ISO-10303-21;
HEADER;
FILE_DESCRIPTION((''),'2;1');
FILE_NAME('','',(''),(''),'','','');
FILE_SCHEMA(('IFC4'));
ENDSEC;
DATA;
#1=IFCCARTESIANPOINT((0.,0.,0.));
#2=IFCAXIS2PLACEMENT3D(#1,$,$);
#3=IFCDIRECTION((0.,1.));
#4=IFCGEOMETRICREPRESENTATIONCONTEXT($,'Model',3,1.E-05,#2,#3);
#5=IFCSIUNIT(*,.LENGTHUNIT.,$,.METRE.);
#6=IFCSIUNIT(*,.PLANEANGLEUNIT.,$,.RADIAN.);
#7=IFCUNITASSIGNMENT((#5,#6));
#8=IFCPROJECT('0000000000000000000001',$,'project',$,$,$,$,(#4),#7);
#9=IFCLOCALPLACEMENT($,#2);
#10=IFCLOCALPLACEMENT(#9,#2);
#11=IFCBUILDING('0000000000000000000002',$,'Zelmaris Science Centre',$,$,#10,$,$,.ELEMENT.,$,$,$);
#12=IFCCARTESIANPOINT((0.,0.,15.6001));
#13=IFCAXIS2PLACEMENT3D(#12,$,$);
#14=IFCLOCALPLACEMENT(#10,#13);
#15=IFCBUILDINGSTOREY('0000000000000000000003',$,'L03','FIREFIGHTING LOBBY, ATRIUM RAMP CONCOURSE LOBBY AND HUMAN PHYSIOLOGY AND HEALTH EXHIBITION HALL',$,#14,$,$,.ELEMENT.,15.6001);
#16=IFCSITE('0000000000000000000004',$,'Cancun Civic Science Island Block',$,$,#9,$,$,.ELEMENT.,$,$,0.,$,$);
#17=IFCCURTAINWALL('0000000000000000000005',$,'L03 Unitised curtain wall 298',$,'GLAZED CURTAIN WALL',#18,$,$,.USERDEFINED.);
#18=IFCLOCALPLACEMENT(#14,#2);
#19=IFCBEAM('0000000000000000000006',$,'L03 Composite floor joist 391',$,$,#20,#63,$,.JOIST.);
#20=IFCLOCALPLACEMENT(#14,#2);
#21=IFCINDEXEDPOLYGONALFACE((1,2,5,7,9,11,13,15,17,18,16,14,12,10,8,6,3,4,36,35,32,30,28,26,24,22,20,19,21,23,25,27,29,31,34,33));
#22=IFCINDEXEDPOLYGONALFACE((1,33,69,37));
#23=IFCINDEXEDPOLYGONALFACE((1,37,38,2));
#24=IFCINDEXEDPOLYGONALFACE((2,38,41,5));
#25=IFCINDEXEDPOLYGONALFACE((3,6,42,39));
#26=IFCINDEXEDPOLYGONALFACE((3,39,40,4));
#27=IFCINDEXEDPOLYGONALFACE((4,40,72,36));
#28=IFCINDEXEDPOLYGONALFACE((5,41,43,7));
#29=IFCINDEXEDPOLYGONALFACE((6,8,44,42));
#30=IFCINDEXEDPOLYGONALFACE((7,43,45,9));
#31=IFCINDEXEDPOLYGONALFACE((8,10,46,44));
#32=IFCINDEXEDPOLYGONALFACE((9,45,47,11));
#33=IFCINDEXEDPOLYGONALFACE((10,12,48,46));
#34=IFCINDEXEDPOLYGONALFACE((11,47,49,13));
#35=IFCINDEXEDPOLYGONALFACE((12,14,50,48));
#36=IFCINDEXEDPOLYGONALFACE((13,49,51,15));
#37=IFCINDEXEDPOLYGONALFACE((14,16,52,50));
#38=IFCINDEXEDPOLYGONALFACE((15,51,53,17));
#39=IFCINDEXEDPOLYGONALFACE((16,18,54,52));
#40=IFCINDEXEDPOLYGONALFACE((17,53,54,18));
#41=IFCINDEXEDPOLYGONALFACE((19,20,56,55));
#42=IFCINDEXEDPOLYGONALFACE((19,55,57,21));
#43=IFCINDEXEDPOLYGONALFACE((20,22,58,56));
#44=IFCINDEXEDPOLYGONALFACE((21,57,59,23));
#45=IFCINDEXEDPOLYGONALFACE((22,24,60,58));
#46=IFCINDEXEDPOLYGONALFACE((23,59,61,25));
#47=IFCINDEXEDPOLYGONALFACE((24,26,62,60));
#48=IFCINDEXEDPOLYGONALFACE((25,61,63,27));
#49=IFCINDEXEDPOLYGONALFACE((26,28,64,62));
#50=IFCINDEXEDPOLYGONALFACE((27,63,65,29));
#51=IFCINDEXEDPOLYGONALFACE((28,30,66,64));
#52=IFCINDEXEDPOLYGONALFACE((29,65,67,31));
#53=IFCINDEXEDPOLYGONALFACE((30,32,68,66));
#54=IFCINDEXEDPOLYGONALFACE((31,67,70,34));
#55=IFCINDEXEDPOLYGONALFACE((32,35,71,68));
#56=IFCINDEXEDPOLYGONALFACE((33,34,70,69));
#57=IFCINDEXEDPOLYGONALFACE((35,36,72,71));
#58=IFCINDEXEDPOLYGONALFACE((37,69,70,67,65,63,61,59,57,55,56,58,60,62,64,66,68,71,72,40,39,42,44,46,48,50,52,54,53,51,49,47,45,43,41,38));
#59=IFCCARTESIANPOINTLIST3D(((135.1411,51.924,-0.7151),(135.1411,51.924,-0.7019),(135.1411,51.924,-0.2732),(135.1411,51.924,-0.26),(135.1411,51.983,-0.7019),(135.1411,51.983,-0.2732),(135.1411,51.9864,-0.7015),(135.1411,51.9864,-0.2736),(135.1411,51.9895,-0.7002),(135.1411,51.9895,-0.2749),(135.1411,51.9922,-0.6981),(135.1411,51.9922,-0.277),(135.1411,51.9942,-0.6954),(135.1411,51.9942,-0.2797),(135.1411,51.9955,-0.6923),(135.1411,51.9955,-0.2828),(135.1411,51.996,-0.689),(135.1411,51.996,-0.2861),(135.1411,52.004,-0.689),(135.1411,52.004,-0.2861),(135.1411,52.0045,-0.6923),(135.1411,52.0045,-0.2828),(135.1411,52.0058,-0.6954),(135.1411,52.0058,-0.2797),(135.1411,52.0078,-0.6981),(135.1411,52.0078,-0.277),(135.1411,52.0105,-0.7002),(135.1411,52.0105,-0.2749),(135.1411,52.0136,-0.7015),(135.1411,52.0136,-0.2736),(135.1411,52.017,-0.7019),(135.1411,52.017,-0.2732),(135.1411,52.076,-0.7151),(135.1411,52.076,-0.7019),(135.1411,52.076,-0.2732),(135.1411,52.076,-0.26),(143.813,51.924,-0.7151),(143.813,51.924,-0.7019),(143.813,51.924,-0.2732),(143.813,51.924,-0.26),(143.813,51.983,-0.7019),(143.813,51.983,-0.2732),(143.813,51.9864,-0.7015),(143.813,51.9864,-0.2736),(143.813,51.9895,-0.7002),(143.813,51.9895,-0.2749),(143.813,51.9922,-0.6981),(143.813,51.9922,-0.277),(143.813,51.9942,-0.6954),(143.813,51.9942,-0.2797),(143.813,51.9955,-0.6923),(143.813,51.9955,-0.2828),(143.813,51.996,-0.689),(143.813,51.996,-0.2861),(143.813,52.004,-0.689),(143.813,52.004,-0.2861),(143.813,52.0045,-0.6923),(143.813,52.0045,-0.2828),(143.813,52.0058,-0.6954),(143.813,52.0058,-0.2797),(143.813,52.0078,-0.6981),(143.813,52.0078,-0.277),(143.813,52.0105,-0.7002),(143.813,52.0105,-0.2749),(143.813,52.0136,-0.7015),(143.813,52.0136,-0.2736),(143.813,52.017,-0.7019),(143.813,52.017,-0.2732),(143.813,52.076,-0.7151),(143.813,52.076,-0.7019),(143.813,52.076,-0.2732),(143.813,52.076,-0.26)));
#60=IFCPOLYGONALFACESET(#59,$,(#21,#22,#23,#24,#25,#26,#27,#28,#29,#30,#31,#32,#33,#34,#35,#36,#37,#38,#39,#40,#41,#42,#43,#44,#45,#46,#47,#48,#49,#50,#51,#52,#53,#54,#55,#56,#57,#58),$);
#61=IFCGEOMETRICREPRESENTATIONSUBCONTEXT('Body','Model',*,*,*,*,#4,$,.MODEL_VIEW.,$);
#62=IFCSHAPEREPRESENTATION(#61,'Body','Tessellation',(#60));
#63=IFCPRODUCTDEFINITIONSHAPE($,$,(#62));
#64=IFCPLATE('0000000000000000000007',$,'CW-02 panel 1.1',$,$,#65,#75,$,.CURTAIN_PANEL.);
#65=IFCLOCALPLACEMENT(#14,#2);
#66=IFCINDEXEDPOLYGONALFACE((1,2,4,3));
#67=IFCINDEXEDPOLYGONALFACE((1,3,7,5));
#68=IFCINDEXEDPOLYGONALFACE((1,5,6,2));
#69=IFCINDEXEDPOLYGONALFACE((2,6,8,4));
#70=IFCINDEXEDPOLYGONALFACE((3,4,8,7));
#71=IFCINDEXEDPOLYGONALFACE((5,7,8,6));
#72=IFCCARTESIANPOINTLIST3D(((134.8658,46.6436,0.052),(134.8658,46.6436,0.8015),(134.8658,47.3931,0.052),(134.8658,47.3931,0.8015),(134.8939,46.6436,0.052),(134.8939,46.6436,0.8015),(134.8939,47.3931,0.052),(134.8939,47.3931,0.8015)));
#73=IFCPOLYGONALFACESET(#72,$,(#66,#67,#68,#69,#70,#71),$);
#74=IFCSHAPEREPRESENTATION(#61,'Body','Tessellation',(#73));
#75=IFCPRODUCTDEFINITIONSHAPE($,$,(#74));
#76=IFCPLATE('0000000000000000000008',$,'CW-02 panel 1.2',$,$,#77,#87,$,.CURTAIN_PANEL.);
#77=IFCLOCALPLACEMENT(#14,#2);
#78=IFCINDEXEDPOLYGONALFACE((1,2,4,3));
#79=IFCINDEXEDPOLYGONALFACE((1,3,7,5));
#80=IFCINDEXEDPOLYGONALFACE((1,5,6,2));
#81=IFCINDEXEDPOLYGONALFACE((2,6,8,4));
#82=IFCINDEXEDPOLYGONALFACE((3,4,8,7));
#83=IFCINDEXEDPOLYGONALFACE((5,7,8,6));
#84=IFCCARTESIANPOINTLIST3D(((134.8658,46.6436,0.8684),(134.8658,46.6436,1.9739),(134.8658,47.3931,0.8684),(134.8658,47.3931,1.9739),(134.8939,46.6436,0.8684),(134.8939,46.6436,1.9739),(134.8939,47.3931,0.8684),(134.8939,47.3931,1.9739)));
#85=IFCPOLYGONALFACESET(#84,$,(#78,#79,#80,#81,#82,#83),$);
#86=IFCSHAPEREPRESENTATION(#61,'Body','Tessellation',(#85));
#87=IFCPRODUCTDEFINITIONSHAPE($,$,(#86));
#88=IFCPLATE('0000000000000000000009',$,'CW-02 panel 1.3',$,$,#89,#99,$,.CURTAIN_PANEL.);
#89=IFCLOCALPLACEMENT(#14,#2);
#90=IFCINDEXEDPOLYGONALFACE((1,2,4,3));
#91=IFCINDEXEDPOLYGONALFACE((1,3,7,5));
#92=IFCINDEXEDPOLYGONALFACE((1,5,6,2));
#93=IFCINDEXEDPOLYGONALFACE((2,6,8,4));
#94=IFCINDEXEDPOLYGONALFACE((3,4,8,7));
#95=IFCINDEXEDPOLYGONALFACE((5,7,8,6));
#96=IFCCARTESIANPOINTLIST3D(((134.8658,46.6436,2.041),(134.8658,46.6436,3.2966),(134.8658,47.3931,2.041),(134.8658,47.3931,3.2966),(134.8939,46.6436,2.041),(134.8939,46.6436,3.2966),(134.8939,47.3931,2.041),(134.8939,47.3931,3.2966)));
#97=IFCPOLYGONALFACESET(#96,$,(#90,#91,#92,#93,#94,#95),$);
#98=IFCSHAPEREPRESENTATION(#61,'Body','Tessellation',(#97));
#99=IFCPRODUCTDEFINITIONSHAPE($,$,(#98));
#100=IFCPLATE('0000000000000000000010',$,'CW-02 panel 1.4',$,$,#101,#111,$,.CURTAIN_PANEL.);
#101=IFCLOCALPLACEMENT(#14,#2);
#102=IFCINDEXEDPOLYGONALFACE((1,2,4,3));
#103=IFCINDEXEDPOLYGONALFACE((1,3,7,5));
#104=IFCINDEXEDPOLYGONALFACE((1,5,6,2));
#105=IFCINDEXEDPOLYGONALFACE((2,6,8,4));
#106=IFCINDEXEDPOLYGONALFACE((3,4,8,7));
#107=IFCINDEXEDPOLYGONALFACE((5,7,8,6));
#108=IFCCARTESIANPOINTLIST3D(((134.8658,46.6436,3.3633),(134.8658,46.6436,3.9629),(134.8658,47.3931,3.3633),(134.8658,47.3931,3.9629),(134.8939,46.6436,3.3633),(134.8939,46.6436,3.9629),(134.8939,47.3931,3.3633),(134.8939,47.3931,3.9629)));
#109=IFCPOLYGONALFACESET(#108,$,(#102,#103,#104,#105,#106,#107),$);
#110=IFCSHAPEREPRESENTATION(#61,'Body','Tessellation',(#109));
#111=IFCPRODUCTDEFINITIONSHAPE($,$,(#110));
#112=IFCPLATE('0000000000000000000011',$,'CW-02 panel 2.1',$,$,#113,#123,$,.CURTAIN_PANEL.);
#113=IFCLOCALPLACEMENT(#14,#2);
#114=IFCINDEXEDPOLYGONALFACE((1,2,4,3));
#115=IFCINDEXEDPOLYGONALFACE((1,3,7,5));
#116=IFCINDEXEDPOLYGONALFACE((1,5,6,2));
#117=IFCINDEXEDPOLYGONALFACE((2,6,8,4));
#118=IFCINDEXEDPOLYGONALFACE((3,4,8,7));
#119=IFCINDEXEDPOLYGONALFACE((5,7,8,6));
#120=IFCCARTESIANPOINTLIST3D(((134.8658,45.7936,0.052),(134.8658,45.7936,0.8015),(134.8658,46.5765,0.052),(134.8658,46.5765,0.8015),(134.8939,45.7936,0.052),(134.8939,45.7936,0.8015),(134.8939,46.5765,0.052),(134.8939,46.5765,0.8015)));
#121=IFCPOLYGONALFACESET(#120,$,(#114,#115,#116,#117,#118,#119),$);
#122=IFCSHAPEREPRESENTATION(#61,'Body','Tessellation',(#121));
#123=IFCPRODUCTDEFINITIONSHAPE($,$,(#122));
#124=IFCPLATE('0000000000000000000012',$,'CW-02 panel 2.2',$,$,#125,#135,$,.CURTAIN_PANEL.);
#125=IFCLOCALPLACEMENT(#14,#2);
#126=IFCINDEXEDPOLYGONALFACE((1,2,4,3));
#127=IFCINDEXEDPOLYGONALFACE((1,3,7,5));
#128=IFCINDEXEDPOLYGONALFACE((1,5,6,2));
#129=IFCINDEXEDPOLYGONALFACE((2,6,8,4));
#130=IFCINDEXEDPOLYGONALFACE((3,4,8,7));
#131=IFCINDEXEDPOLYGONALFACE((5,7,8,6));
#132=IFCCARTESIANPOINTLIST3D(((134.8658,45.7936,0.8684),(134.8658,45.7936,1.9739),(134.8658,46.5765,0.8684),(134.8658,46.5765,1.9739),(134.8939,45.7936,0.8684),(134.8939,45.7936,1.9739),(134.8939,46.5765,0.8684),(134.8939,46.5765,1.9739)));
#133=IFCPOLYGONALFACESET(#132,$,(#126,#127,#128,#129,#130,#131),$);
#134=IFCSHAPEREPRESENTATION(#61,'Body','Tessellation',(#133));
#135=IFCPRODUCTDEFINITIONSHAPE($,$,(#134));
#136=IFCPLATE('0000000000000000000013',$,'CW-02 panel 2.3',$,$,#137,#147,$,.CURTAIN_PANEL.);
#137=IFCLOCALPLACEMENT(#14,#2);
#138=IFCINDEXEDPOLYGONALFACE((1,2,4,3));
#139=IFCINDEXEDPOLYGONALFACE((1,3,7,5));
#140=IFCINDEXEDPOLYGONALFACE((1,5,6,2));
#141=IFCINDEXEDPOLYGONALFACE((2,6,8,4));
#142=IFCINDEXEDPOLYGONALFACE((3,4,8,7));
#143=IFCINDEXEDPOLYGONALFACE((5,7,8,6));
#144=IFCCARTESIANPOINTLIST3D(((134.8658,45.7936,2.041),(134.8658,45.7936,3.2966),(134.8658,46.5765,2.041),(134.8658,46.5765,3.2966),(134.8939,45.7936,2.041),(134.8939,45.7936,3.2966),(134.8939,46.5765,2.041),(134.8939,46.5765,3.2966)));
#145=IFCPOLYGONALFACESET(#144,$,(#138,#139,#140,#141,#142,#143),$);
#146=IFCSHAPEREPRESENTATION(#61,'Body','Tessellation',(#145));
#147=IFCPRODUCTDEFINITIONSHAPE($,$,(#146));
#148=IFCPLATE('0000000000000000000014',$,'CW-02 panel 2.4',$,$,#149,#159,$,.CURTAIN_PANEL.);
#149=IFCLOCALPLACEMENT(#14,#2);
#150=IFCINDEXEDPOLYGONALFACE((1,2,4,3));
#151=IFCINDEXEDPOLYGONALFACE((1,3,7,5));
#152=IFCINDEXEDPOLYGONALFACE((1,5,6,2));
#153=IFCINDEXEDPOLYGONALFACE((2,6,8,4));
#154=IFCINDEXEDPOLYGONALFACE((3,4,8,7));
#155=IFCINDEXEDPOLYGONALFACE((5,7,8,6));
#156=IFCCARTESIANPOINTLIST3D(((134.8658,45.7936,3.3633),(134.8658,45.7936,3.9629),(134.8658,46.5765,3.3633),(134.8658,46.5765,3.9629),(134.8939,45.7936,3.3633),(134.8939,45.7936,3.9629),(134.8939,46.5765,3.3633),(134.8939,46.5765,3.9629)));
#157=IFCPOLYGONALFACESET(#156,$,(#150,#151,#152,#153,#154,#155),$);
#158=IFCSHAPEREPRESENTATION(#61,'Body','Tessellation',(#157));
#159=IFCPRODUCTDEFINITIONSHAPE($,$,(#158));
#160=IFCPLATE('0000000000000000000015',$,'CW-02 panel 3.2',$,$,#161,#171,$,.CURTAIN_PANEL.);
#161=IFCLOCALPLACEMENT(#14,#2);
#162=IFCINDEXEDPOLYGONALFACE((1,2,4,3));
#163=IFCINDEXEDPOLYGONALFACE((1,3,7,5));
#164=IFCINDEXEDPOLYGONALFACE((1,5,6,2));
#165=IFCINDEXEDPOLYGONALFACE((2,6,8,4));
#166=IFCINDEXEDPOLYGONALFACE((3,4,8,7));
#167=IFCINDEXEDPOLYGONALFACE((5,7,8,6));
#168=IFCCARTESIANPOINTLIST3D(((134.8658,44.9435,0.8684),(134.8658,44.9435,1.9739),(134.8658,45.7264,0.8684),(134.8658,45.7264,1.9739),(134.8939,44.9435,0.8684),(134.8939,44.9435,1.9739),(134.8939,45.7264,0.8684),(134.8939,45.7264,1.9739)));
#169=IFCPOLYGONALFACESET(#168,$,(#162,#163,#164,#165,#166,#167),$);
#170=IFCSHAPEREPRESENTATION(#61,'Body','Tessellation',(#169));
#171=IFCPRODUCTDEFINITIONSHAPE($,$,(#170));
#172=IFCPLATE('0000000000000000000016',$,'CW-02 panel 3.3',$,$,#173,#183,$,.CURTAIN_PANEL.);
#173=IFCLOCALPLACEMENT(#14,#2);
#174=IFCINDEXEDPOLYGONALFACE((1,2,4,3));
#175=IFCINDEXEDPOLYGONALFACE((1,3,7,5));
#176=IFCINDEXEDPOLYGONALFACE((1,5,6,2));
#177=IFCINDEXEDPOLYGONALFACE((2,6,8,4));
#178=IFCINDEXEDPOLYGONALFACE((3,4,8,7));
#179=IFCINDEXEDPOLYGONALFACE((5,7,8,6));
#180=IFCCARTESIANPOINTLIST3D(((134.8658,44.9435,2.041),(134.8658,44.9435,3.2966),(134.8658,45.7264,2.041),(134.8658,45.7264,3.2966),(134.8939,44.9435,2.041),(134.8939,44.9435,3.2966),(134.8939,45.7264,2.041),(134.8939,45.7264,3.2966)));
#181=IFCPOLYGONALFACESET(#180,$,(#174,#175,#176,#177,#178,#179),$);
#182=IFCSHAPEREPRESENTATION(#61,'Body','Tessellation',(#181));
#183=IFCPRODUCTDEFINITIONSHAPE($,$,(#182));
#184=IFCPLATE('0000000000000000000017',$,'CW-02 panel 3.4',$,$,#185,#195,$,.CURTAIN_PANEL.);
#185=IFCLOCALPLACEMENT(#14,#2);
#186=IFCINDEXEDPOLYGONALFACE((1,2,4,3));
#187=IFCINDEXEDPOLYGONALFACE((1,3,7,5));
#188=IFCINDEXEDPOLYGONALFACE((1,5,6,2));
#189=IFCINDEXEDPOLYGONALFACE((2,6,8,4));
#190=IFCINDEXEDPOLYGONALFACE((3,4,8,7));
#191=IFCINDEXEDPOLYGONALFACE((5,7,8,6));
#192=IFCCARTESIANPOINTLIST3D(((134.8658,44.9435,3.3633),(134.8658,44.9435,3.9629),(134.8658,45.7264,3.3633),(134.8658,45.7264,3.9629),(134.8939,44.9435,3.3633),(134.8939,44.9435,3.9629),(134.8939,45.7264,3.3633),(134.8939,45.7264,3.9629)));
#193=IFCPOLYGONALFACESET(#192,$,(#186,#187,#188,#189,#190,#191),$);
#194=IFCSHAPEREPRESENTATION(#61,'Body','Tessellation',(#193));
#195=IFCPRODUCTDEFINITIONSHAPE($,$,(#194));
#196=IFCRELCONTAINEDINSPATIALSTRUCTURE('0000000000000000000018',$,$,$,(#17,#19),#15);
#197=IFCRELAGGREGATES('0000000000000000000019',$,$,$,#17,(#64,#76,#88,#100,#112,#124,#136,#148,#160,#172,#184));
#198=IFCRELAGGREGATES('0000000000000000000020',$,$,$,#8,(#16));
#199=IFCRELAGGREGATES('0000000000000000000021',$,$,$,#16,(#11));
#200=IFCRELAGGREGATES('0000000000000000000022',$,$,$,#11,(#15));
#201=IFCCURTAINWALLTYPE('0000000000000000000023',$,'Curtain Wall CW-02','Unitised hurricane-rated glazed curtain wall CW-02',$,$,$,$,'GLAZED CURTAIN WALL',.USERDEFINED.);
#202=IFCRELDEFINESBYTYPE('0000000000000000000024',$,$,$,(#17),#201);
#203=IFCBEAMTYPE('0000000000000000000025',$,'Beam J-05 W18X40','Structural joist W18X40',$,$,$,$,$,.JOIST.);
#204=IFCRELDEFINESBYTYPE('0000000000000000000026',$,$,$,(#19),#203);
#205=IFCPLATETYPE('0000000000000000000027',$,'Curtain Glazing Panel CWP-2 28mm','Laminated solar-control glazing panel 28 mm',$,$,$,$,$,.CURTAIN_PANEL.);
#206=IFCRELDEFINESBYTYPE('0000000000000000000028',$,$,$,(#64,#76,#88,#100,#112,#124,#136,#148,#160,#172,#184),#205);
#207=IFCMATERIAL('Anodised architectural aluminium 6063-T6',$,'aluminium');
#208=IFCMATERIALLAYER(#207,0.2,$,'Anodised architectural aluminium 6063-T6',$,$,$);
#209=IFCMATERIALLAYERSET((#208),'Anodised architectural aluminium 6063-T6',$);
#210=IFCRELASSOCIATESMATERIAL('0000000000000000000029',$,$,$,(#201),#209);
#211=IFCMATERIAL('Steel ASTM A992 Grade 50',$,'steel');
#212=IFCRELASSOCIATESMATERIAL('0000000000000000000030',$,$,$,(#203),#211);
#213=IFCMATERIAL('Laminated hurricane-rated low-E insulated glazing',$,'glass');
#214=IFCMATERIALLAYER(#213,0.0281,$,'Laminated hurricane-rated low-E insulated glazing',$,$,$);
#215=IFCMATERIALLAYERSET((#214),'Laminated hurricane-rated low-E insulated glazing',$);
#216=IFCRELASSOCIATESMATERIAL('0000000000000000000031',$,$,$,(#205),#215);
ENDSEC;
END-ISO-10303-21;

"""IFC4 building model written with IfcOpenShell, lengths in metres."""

from ifc_helpers import new_model, si_unit, direction, frame, origin, origin_2d, place, context, subcontext, project, spatial, rectangle, i_section, extrude, material, layer, layer_set, material_profile, profile_set, type_object, element, aggregate, save


model = new_model("IFC4")

# Units and contexts
model_context = context("Model", 3, precision=1e-05, world=origin(), true_north=direction((0.0, 1.0)))
body_context = subcontext(model_context, "Body", "Model", "MODEL_VIEW")
ifc_project = project(units=[si_unit("LENGTHUNIT", "METRE"), si_unit("PLANEANGLEUNIT", "RADIAN")], contexts=[model_context])

# Site, building, storey
site_placement = place(None, origin())
site = spatial("IfcSite", under=ifc_project, at=site_placement, Name="Cancun Civic Science Island Block", CompositionType="ELEMENT", RefElevation=0.0)
building_placement = place(site_placement, origin())
building = spatial("IfcBuilding", under=site, at=building_placement, Name="Zelmaris Science Centre", CompositionType="ELEMENT")
storey_placement = place(building_placement, frame((0.0, 0.0, 15.6001)))
storey = spatial("IfcBuildingStorey", under=building, at=storey_placement, Name="L03", Description="FIREFIGHTING LOBBY, ATRIUM RAMP CONCOURSE LOBBY AND HUMAN PHYSIOLOGY AND HEALTH EXHIBITION HALL", CompositionType="ELEMENT", Elevation=15.6001)

# Shared definitions
ifc_material_1 = material(Name="Steel ASTM A992 Grade 50", Category="steel")

# Shared definitions
ifc_material_2 = material(Name="Anodised architectural aluminium 6063-T6", Category="aluminium")

# Curtain wall
ifc_layer_1 = layer(ifc_material_2, 0.2, Name="Anodised architectural aluminium 6063-T6")
ifc_layer_set_1 = layer_set([ifc_layer_1], Name="Anodised architectural aluminium 6063-T6")
curtain_wall_type_1 = type_object("IfcCurtainWallType", Name="Curtain Wall CW-02", Description="Unitised hurricane-rated glazed curtain wall CW-02", ElementType="GLAZED CURTAIN WALL", PredefinedType="USERDEFINED", material=ifc_layer_set_1)
curtain_wall_1_placement = place(storey_placement, origin())
curtain_wall_1 = element("IfcCurtainWall", 1, at=curtain_wall_1_placement, inside=storey, type_object=curtain_wall_type_1, Name="L03 Unitised curtain wall 298", ObjectType="GLAZED CURTAIN WALL", PredefinedType="USERDEFINED")

# Beam
ifc_material_profile_1 = material_profile(ifc_material_1, i_section(OverallWidth=0.1521, OverallDepth=0.4551, WebThickness=0.0081, FlangeThickness=0.0132, FilletRadius=0.0129, at=origin_2d()), Name="W18X40")
ifc_profile_set_1 = profile_set([ifc_material_profile_1], Name="Steel ASTM A992 Grade 50")
beam_type_1 = type_object("IfcBeamType", Name="Beam J-05 W18X40", Description="Structural joist W18X40", PredefinedType="JOIST", material=ifc_profile_set_1)
beam_1_placement = place(storey_placement, frame((135.1411, 52.0, -0.4875), z_axis=(1.0, 0.0, 0.0), x_axis=(0.0, 1.0, 0.0)))
element("IfcBeam", 2, at=beam_1_placement, inside=storey, type_object=beam_type_1, Name="L03 Composite floor joist 391", PredefinedType="JOIST", context=body_context, shape_type="SweptSolid", body=[
    extrude(i_section(OverallWidth=0.1521, OverallDepth=0.4551, WebThickness=0.0081, FlangeThickness=0.0132, FilletRadius=0.0129, at=origin_2d()), origin(), (0.0, 0.0, 1.0), 8.6719),
])

# Plates
ifc_material_3 = material(Name="Laminated hurricane-rated low-E insulated glazing", Category="glass")
ifc_layer_2 = layer(ifc_material_3, 0.0281, Name="Laminated hurricane-rated low-E insulated glazing")
ifc_layer_set_2 = layer_set([ifc_layer_2], Name="Laminated hurricane-rated low-E insulated glazing")
plate_type_1 = type_object("IfcPlateType", Name="Curtain Glazing Panel CWP-2 28mm", Description="Laminated solar-control glazing panel 28 mm", PredefinedType="CURTAIN_PANEL", material=ifc_layer_set_2)
plate_1_placement = place(storey_placement, frame((134.8799, 47.0183, 0.052), z_axis=(0.0, 0.0, 1.0), x_axis=(0.0, -1.0, 0.0)))
plate_1 = element("IfcPlate", 3, at=plate_1_placement, type_object=plate_type_1, Name="CW-02 panel 1.1", PredefinedType="CURTAIN_PANEL", context=body_context, shape_type="SweptSolid", body=[
    extrude(rectangle(XDim=0.7495, YDim=0.0281, at=origin_2d()), origin(), (0.0, 0.0, 1.0), 0.7495),
])
plate_2_placement = place(storey_placement, frame((134.8799, 47.0183, 0.8684), z_axis=(0.0, 0.0, 1.0), x_axis=(0.0, -1.0, 0.0)))
plate_2 = element("IfcPlate", 4, at=plate_2_placement, type_object=plate_type_1, Name="CW-02 panel 1.2", PredefinedType="CURTAIN_PANEL", context=body_context, shape_type="SweptSolid", body=[
    extrude(rectangle(XDim=0.7495, YDim=0.0281, at=origin_2d()), origin(), (0.0, 0.0, 1.0), 1.1055),
])
plate_3_placement = place(storey_placement, frame((134.8799, 47.0183, 2.041), z_axis=(0.0, 0.0, 1.0), x_axis=(0.0, -1.0, 0.0)))
plate_3 = element("IfcPlate", 5, at=plate_3_placement, type_object=plate_type_1, Name="CW-02 panel 1.3", PredefinedType="CURTAIN_PANEL", context=body_context, shape_type="SweptSolid", body=[
    extrude(rectangle(XDim=0.7495, YDim=0.0281, at=origin_2d()), origin(), (0.0, 0.0, 1.0), 1.2556),
])
plate_4_placement = place(storey_placement, frame((134.8799, 47.0183, 3.3633), z_axis=(0.0, 0.0, 1.0), x_axis=(0.0, -1.0, 0.0)))
plate_4 = element("IfcPlate", 6, at=plate_4_placement, type_object=plate_type_1, Name="CW-02 panel 1.4", PredefinedType="CURTAIN_PANEL", context=body_context, shape_type="SweptSolid", body=[
    extrude(rectangle(XDim=0.7495, YDim=0.0281, at=origin_2d()), origin(), (0.0, 0.0, 1.0), 0.5996),
])
plate_5_placement = place(storey_placement, frame((134.8799, 46.1851, 0.052), z_axis=(0.0, 0.0, 1.0), x_axis=(0.0, -1.0, 0.0)))
plate_5 = element("IfcPlate", 7, at=plate_5_placement, type_object=plate_type_1, Name="CW-02 panel 2.1", PredefinedType="CURTAIN_PANEL", context=body_context, shape_type="SweptSolid", body=[
    extrude(rectangle(XDim=0.783, YDim=0.0281, at=origin_2d()), origin(), (0.0, 0.0, 1.0), 0.7495),
])
plate_6_placement = place(storey_placement, frame((134.8799, 46.1851, 0.8684), z_axis=(0.0, 0.0, 1.0), x_axis=(0.0, -1.0, 0.0)))
plate_6 = element("IfcPlate", 8, at=plate_6_placement, type_object=plate_type_1, Name="CW-02 panel 2.2", PredefinedType="CURTAIN_PANEL", context=body_context, shape_type="SweptSolid", body=[
    extrude(rectangle(XDim=0.783, YDim=0.0281, at=origin_2d()), origin(), (0.0, 0.0, 1.0), 1.1055),
])
plate_7_placement = place(storey_placement, frame((134.8799, 46.1851, 2.041), z_axis=(0.0, 0.0, 1.0), x_axis=(0.0, -1.0, 0.0)))
plate_7 = element("IfcPlate", 9, at=plate_7_placement, type_object=plate_type_1, Name="CW-02 panel 2.3", PredefinedType="CURTAIN_PANEL", context=body_context, shape_type="SweptSolid", body=[
    extrude(rectangle(XDim=0.783, YDim=0.0281, at=origin_2d()), origin(), (0.0, 0.0, 1.0), 1.2556),
])
plate_8_placement = place(storey_placement, frame((134.8799, 46.1851, 3.3633), z_axis=(0.0, 0.0, 1.0), x_axis=(0.0, -1.0, 0.0)))
plate_8 = element("IfcPlate", 10, at=plate_8_placement, type_object=plate_type_1, Name="CW-02 panel 2.4", PredefinedType="CURTAIN_PANEL", context=body_context, shape_type="SweptSolid", body=[
    extrude(rectangle(XDim=0.783, YDim=0.0281, at=origin_2d()), origin(), (0.0, 0.0, 1.0), 0.5996),
])
plate_9_placement = place(storey_placement, frame((134.8799, 45.335, 0.8684), z_axis=(0.0, 0.0, 1.0), x_axis=(0.0, -1.0, 0.0)))
plate_9 = element("IfcPlate", 11, at=plate_9_placement, type_object=plate_type_1, Name="CW-02 panel 3.2", PredefinedType="CURTAIN_PANEL", context=body_context, shape_type="SweptSolid", body=[
    extrude(rectangle(XDim=0.783, YDim=0.0281, at=origin_2d()), origin(), (0.0, 0.0, 1.0), 1.1055),
])
plate_10_placement = place(storey_placement, frame((134.8799, 45.335, 2.041), z_axis=(0.0, 0.0, 1.0), x_axis=(0.0, -1.0, 0.0)))
plate_10 = element("IfcPlate", 12, at=plate_10_placement, type_object=plate_type_1, Name="CW-02 panel 3.3", PredefinedType="CURTAIN_PANEL", context=body_context, shape_type="SweptSolid", body=[
    extrude(rectangle(XDim=0.783, YDim=0.0281, at=origin_2d()), origin(), (0.0, 0.0, 1.0), 1.2556),
])
plate_11_placement = place(storey_placement, frame((134.8799, 45.335, 3.3633), z_axis=(0.0, 0.0, 1.0), x_axis=(0.0, -1.0, 0.0)))
plate_11 = element("IfcPlate", 13, at=plate_11_placement, type_object=plate_type_1, Name="CW-02 panel 3.4", PredefinedType="CURTAIN_PANEL", context=body_context, shape_type="SweptSolid", body=[
    extrude(rectangle(XDim=0.783, YDim=0.0281, at=origin_2d()), origin(), (0.0, 0.0, 1.0), 0.5996),
])
aggregate(curtain_wall_1, [plate_1, plate_2, plate_3, plate_4, plate_5, plate_6, plate_7, plate_8, plate_9, plate_10, plate_11])

save(model, "model.ifc")
